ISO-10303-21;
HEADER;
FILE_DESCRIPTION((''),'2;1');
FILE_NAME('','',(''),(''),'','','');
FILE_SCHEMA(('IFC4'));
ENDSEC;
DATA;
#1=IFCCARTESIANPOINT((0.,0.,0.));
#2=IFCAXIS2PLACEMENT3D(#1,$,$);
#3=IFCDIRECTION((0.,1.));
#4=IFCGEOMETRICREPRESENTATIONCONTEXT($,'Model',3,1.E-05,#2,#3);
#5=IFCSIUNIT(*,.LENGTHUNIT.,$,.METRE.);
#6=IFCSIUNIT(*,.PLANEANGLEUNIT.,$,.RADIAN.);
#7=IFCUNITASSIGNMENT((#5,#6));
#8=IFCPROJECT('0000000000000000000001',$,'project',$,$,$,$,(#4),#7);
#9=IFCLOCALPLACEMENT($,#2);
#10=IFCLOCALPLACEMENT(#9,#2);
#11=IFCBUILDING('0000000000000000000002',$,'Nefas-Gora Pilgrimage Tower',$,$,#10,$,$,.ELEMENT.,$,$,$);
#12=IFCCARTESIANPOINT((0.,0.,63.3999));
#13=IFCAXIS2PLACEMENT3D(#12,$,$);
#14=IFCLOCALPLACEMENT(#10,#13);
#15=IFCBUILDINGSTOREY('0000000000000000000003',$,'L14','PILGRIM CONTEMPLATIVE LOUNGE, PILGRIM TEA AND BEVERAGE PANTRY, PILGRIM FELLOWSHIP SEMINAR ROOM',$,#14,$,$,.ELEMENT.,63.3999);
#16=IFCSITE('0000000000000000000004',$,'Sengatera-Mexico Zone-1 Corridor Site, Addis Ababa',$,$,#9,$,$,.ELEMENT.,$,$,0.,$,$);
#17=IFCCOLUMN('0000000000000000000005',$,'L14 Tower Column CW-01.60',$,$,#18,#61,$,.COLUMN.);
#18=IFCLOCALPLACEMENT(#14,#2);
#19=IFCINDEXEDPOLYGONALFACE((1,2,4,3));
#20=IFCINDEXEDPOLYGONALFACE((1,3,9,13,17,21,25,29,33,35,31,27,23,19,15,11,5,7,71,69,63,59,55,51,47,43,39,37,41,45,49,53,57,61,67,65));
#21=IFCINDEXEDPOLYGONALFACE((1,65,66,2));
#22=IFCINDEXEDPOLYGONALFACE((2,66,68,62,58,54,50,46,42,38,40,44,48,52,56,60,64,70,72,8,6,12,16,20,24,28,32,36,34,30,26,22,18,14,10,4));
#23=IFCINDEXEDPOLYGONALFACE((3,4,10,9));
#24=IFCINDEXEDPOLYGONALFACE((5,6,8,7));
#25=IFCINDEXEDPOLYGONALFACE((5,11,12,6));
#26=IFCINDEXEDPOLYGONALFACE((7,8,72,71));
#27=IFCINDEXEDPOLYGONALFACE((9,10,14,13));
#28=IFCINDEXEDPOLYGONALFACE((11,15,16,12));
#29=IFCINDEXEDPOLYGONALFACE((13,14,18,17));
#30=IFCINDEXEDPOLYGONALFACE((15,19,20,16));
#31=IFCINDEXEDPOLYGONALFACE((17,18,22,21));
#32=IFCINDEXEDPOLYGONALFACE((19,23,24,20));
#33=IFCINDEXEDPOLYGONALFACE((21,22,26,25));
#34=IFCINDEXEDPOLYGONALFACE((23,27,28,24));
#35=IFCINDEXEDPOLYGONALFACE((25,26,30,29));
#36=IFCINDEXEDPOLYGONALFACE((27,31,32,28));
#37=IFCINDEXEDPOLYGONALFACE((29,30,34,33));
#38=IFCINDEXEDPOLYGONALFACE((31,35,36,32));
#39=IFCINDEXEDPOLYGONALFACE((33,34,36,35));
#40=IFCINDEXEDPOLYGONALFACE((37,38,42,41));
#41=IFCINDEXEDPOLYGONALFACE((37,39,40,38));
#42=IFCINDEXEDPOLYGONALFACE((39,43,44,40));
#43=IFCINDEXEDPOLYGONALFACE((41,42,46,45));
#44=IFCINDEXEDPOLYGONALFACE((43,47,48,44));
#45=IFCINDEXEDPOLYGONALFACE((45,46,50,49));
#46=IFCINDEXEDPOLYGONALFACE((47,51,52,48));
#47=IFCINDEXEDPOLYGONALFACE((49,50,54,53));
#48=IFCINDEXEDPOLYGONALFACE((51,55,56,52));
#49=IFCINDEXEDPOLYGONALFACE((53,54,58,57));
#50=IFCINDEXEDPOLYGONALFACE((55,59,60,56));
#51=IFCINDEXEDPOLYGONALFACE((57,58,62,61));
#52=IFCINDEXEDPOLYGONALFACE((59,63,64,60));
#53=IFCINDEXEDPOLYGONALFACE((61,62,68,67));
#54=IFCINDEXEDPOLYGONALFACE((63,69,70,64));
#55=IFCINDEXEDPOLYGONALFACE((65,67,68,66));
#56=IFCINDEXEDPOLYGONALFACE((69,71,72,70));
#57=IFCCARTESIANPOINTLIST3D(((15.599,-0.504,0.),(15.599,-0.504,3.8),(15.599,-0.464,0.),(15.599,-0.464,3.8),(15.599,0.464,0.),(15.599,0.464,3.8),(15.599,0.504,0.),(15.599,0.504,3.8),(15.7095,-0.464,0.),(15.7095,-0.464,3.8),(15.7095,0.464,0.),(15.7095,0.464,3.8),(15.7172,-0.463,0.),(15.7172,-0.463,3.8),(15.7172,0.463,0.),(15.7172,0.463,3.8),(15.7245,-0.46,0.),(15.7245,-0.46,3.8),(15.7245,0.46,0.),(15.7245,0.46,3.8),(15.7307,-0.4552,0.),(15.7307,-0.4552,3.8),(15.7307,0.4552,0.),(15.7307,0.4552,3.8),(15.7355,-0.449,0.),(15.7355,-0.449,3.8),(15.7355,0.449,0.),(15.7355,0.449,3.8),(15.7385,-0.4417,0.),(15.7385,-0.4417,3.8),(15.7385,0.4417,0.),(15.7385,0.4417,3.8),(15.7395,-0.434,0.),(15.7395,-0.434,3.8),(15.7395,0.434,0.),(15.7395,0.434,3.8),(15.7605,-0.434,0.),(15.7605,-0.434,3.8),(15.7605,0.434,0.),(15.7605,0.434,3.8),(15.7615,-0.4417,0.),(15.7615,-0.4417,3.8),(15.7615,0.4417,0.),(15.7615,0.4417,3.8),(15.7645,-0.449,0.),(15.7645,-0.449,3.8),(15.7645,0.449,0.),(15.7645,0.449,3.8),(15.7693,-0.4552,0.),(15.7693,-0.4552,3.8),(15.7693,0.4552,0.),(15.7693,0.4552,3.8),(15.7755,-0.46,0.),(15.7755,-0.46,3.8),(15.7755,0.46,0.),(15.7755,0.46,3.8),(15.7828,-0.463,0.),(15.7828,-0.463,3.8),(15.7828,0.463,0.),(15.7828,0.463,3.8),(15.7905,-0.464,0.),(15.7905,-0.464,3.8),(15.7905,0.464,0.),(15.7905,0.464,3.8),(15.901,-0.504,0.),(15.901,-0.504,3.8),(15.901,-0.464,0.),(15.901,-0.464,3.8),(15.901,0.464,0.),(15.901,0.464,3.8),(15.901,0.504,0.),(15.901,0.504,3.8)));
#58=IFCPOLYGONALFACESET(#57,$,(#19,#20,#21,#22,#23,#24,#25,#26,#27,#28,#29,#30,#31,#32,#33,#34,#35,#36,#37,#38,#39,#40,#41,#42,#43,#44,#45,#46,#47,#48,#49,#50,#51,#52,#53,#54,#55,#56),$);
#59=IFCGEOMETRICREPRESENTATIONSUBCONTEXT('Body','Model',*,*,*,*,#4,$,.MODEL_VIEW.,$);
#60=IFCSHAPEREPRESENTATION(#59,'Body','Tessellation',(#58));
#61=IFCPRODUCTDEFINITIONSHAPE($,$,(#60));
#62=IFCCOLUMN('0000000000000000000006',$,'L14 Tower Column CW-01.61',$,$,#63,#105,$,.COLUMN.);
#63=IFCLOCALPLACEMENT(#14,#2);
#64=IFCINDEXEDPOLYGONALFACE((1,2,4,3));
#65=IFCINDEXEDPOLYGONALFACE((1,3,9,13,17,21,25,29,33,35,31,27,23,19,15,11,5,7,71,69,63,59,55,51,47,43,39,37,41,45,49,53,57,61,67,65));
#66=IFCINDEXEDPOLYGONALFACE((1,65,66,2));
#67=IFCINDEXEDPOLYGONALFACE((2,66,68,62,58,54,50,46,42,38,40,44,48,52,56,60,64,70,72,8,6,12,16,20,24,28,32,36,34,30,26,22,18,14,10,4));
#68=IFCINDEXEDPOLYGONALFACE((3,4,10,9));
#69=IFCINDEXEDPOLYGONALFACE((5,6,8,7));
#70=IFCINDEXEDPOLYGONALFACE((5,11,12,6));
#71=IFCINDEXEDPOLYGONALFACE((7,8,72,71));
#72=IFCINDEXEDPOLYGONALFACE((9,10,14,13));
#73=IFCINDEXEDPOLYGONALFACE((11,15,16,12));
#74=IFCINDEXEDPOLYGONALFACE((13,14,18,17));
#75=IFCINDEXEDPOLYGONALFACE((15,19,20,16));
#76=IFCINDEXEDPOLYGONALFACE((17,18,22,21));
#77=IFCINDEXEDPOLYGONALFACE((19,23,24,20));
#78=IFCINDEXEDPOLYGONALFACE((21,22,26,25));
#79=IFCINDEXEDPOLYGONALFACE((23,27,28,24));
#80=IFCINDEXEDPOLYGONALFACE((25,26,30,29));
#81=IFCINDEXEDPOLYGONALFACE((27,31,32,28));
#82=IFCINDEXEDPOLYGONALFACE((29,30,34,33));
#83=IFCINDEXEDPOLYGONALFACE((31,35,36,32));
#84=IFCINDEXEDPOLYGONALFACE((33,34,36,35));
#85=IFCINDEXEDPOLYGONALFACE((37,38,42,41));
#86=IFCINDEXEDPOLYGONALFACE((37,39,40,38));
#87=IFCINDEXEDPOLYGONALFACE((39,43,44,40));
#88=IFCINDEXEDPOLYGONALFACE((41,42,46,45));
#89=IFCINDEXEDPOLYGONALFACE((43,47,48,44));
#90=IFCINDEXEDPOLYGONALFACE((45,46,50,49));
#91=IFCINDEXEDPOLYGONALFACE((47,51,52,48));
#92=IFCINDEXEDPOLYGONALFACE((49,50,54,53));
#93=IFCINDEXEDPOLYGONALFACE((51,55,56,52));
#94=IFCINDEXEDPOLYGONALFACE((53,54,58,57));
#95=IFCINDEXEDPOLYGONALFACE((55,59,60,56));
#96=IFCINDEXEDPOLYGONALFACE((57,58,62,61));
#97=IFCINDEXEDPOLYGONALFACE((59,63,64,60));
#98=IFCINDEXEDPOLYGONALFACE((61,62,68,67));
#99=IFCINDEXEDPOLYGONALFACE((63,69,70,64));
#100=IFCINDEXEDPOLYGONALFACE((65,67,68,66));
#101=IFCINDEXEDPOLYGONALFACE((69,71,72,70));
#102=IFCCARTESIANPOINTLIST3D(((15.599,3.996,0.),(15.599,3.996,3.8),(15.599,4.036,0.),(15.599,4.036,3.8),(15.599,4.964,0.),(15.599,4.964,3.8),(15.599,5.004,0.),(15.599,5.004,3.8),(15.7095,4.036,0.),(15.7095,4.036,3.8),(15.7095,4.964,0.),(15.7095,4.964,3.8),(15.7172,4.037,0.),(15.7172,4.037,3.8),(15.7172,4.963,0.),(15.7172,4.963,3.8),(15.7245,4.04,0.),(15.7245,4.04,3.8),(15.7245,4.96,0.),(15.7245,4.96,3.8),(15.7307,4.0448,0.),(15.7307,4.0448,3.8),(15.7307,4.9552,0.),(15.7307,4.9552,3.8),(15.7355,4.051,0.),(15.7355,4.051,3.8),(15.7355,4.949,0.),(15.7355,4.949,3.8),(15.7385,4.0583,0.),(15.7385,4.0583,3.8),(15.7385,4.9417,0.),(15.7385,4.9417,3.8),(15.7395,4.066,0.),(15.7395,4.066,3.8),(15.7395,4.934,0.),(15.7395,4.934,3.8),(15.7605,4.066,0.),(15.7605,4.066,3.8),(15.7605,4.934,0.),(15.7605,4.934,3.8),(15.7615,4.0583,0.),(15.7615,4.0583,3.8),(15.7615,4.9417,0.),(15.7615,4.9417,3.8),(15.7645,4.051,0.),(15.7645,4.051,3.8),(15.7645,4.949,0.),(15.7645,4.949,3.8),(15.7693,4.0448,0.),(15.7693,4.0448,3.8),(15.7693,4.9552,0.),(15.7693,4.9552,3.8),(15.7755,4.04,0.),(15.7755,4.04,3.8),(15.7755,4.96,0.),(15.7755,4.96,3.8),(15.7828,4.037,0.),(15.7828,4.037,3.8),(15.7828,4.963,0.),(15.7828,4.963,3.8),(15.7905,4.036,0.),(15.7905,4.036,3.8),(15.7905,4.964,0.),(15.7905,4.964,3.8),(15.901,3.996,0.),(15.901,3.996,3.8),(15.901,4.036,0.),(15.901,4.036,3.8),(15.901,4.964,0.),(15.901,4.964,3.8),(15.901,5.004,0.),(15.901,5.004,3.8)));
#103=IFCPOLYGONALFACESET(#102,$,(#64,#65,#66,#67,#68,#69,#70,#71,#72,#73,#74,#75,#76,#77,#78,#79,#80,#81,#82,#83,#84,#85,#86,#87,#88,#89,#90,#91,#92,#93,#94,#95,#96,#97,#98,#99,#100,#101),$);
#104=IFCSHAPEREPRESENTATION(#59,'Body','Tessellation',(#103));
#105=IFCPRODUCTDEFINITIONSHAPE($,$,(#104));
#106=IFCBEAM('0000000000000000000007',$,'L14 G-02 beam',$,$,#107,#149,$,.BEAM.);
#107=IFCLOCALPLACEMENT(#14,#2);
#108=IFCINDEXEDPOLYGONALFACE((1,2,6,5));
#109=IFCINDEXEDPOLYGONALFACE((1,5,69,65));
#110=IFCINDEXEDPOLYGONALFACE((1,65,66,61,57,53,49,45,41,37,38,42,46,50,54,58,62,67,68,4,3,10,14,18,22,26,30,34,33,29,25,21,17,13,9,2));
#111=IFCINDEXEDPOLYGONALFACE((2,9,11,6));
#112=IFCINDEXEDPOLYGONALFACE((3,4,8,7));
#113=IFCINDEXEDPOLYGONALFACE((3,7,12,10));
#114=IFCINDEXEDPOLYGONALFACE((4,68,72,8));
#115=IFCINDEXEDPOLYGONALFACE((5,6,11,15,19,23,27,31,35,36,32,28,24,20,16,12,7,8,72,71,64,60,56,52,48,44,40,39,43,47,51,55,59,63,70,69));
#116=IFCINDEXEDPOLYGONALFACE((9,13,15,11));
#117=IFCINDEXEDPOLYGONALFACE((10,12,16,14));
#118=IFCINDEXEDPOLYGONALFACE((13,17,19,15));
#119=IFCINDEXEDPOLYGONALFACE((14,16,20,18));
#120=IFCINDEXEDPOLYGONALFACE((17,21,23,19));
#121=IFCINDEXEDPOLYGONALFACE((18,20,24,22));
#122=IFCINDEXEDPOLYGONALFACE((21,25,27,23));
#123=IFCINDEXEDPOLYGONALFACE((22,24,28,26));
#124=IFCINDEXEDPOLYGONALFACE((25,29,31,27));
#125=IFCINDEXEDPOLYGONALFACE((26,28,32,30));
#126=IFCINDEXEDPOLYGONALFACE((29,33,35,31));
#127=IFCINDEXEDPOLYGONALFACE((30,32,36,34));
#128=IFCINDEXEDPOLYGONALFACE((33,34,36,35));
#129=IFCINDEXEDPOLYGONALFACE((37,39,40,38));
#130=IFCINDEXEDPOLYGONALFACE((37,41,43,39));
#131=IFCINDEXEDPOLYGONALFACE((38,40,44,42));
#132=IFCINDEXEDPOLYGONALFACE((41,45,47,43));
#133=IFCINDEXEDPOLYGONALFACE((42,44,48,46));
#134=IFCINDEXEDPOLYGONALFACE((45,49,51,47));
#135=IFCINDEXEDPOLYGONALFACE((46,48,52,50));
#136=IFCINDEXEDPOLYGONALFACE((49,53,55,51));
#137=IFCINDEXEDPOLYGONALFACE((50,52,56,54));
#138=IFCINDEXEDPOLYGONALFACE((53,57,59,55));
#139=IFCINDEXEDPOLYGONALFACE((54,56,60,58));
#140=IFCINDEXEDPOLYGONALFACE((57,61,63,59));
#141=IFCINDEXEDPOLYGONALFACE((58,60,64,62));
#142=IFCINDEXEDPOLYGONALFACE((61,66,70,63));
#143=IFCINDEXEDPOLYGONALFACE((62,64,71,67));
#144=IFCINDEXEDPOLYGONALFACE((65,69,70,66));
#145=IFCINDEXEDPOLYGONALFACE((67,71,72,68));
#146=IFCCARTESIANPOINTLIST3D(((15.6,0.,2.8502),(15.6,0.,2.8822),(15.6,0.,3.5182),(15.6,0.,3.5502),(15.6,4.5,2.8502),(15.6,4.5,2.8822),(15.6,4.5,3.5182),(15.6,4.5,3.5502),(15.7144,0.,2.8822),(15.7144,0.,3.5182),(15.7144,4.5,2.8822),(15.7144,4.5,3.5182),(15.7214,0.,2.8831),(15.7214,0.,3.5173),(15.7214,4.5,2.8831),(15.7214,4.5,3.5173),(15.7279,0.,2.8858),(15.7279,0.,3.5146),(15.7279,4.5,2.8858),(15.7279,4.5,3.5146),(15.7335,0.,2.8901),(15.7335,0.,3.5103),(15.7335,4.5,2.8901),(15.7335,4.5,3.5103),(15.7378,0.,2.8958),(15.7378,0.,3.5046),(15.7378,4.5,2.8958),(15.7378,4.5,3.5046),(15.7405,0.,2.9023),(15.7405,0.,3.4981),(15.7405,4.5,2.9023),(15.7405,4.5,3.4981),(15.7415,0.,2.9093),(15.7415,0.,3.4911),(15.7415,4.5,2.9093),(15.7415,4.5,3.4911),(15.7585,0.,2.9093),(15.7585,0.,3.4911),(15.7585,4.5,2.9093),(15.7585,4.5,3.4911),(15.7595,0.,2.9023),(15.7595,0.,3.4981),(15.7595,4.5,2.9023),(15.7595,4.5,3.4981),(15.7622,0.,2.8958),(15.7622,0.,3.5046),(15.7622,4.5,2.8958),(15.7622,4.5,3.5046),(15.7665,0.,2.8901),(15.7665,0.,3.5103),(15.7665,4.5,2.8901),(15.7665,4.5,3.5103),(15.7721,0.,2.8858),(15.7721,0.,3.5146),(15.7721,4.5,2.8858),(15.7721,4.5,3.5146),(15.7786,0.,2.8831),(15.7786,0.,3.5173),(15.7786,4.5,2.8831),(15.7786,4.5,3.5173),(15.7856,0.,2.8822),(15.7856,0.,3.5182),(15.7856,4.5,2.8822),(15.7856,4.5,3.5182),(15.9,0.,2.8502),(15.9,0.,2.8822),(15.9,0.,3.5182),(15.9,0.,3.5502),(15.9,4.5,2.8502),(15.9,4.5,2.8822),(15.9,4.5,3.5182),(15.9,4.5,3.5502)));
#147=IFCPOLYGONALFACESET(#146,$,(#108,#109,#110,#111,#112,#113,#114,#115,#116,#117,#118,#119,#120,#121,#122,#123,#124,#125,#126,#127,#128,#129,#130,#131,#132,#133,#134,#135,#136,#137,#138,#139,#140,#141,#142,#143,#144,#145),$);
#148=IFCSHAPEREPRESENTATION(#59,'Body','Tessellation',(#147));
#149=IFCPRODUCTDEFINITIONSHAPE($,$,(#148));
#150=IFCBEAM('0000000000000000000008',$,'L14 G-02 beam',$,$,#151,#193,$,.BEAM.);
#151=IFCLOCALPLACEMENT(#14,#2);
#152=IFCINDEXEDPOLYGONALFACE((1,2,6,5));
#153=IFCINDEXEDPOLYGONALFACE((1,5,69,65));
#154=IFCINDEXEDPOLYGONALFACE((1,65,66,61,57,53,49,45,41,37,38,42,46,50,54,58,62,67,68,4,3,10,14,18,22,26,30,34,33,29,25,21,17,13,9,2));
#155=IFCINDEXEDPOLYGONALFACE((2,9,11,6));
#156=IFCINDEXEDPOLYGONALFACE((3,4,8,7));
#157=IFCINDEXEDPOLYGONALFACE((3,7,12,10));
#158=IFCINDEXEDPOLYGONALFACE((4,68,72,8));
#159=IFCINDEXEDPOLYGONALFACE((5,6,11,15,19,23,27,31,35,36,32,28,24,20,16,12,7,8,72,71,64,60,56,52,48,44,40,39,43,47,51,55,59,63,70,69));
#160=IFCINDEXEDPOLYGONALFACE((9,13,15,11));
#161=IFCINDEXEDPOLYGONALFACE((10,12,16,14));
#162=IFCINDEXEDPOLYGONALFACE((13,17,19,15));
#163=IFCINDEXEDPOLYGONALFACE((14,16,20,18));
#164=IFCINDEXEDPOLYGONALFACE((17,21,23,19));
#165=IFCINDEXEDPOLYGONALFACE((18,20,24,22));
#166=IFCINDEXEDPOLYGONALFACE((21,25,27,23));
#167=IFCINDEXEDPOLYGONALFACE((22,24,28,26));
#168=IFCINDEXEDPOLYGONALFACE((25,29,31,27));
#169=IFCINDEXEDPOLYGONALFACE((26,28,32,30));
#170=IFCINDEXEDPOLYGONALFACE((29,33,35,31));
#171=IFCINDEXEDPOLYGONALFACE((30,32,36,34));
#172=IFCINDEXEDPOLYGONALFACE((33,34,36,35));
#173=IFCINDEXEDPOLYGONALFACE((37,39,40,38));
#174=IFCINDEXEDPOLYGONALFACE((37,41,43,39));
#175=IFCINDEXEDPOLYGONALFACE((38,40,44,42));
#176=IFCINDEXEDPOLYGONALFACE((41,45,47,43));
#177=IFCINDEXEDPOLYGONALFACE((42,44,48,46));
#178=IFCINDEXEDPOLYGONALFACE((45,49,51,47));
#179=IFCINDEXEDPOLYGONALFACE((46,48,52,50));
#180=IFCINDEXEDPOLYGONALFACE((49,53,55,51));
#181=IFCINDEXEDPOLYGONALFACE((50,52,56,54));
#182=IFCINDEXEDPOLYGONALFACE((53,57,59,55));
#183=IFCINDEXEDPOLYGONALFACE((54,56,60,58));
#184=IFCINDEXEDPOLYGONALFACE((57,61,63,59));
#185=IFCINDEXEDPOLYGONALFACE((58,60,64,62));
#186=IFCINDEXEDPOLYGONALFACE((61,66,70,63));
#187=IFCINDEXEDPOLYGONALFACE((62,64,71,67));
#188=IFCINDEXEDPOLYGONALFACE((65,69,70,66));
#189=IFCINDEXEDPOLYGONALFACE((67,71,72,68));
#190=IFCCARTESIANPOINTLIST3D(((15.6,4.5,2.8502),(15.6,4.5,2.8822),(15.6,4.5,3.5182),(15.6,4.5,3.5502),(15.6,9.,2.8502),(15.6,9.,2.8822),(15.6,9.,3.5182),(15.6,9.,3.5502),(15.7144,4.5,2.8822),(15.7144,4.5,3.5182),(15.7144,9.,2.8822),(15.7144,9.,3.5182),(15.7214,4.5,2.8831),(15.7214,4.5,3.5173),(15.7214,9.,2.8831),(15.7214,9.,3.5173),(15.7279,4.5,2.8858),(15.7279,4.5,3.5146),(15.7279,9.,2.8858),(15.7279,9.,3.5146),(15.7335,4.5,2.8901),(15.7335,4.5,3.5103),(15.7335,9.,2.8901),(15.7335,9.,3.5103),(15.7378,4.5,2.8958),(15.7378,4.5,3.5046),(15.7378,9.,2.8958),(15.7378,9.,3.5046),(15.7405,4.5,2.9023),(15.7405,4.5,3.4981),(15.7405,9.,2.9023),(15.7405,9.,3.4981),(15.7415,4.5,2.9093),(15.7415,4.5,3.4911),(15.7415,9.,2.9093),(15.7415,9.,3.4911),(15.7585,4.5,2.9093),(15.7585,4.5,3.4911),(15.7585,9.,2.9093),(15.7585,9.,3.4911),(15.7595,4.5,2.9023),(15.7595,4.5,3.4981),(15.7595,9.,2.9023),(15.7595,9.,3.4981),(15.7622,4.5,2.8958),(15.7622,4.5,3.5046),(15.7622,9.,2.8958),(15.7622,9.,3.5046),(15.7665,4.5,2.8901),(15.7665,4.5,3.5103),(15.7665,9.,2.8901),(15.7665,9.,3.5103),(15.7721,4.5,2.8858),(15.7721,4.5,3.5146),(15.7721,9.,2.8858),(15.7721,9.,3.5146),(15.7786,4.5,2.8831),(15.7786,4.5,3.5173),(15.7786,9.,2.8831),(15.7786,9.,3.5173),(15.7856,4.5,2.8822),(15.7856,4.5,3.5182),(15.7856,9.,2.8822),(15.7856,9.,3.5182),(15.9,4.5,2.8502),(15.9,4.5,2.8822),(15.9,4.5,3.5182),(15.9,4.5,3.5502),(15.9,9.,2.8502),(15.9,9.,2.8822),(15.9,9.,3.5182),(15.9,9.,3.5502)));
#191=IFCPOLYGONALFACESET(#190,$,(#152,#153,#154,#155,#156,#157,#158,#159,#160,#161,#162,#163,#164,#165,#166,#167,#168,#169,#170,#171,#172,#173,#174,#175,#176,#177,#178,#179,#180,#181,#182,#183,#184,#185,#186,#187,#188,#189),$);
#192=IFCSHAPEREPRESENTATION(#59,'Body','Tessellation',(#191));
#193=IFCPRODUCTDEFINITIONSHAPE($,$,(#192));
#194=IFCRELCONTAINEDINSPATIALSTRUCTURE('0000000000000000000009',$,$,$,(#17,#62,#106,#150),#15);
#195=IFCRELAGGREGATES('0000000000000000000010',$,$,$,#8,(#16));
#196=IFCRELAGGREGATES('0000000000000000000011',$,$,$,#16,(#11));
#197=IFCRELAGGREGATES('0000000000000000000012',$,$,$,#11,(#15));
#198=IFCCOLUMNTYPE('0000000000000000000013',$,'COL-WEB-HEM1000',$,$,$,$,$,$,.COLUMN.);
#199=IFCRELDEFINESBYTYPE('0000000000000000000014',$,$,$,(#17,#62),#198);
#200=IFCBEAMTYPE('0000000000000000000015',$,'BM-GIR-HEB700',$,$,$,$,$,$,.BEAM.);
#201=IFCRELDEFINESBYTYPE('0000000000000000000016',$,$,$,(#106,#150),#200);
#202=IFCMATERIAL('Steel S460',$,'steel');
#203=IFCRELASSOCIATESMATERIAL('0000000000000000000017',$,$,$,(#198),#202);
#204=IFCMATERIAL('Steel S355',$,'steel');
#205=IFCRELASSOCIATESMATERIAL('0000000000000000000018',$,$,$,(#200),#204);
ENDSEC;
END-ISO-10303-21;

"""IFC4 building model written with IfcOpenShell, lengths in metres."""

from ifc_helpers import new_model, si_unit, direction, frame, origin, origin_2d, place, context, subcontext, project, spatial, i_section, extrude, source, transform, mapped, material, material_profile, profile_set, type_object, element, save


model = new_model("IFC4")

# Units and contexts
model_context = context("Model", 3, precision=1e-05, world=origin(), true_north=direction((0.0, 1.0)))
body_context = subcontext(model_context, "Body", "Model", "MODEL_VIEW")
ifc_project = project(units=[si_unit("LENGTHUNIT", "METRE"), si_unit("PLANEANGLEUNIT", "RADIAN")], contexts=[model_context])

# Site, building, storey
site_placement = place(None, origin())
site = spatial("IfcSite", under=ifc_project, at=site_placement, Name="Sengatera-Mexico Zone-1 Corridor Site, Addis Ababa", CompositionType="ELEMENT", RefElevation=0.0)
building_placement = place(site_placement, origin())
building = spatial("IfcBuilding", under=site, at=building_placement, Name="Nefas-Gora Pilgrimage Tower", CompositionType="ELEMENT")
storey_placement = place(building_placement, frame((0.0, 0.0, 63.3999)))
storey = spatial("IfcBuildingStorey", under=building, at=storey_placement, Name="L14", Description="PILGRIM CONTEMPLATIVE LOUNGE, PILGRIM TEA AND BEVERAGE PANTRY, PILGRIM FELLOWSHIP SEMINAR ROOM", CompositionType="ELEMENT", Elevation=63.3999)

# Columns
ifc_material_1 = material(Name="Steel S460", Category="steel")
ifc_material_profile_1 = material_profile(ifc_material_1, i_section(OverallWidth=0.302, OverallDepth=1.0081, WebThickness=0.021, FlangeThickness=0.04, FilletRadius=0.03, at=origin_2d()), Name="HEM 1000")
ifc_profile_set_1 = profile_set([ifc_material_profile_1], Name="Steel S460")
column_type = type_object("IfcColumnType", Name="COL-WEB-HEM1000", PredefinedType="COLUMN", material=ifc_profile_set_1)
shared_shape_1 = source(origin(), body_context, "Body", "SweptSolid", [
    extrude(i_section(OverallWidth=0.302, OverallDepth=1.0081, WebThickness=0.021, FlangeThickness=0.04, FilletRadius=0.03, at=origin_2d()), origin(), (0.0, 0.0, 1.0), 3.8),
])
for number, where, z_axis, x_axis, name in (
    (1, (15.75, 0.0, 0.0), (0.0, 0.0, 1.0), (1.0, 0.0, 0.0), "L14 Tower Column CW-01.60"),
    (2, (15.75, 4.5, 0.0), (0.0, 0.0, 1.0), (1.0, 0.0, 0.0), "L14 Tower Column CW-01.61"),
):
    element("IfcColumn", number, at=place(storey_placement, frame(where, z_axis=z_axis, x_axis=x_axis)), inside=storey, type_object=column_type, Name=name, PredefinedType="COLUMN", context=body_context, shape_type="MappedRepresentation", body=[
        mapped(shared_shape_1, transform((0.0, 0.0, 0.0), x_axis=(1.0, 0.0, 0.0), y_axis=(0.0, 1.0, 0.0), z_axis=(0.0, 0.0, 1.0), scale=1.0)),
    ])

# Beams
ifc_material_2 = material(Name="Steel S355", Category="steel")
ifc_material_profile_2 = material_profile(ifc_material_2, i_section(OverallWidth=0.3, OverallDepth=0.7, WebThickness=0.0171, FlangeThickness=0.032, FilletRadius=0.0271, at=origin_2d()), Name="HEB 700")
ifc_profile_set_2 = profile_set([ifc_material_profile_2], Name="Steel S355")
beam_type = type_object("IfcBeamType", Name="BM-GIR-HEB700", PredefinedType="BEAM", material=ifc_profile_set_2)
shared_shape_2 = source(origin(), body_context, "Body", "SweptSolid", [
    extrude(i_section(OverallWidth=0.3, OverallDepth=0.7, WebThickness=0.0171, FlangeThickness=0.032, FilletRadius=0.0271, at=origin_2d()), origin(), (0.0, 0.0, 1.0), 4.5),
])
for number, where, z_axis, x_axis, name in (
    (3, (15.75, 0.0, 3.2002), (0.0, 1.0, 0.0), (-1.0, 0.0, 0.0), "L14 G-02 beam"),
    (4, (15.75, 4.5, 3.2002), (0.0, 1.0, 0.0), (-1.0, 0.0, 0.0), "L14 G-02 beam"),
):
    element("IfcBeam", number, at=place(storey_placement, frame(where, z_axis=z_axis, x_axis=x_axis)), inside=storey, type_object=beam_type, Name=name, PredefinedType="BEAM", context=body_context, shape_type="MappedRepresentation", body=[
        mapped(shared_shape_2, transform((0.0, 0.0, 0.0), x_axis=(1.0, 0.0, 0.0), y_axis=(0.0, 1.0, 0.0), z_axis=(0.0, 0.0, 1.0), scale=1.0)),
    ])

save(model, "model.ifc")
